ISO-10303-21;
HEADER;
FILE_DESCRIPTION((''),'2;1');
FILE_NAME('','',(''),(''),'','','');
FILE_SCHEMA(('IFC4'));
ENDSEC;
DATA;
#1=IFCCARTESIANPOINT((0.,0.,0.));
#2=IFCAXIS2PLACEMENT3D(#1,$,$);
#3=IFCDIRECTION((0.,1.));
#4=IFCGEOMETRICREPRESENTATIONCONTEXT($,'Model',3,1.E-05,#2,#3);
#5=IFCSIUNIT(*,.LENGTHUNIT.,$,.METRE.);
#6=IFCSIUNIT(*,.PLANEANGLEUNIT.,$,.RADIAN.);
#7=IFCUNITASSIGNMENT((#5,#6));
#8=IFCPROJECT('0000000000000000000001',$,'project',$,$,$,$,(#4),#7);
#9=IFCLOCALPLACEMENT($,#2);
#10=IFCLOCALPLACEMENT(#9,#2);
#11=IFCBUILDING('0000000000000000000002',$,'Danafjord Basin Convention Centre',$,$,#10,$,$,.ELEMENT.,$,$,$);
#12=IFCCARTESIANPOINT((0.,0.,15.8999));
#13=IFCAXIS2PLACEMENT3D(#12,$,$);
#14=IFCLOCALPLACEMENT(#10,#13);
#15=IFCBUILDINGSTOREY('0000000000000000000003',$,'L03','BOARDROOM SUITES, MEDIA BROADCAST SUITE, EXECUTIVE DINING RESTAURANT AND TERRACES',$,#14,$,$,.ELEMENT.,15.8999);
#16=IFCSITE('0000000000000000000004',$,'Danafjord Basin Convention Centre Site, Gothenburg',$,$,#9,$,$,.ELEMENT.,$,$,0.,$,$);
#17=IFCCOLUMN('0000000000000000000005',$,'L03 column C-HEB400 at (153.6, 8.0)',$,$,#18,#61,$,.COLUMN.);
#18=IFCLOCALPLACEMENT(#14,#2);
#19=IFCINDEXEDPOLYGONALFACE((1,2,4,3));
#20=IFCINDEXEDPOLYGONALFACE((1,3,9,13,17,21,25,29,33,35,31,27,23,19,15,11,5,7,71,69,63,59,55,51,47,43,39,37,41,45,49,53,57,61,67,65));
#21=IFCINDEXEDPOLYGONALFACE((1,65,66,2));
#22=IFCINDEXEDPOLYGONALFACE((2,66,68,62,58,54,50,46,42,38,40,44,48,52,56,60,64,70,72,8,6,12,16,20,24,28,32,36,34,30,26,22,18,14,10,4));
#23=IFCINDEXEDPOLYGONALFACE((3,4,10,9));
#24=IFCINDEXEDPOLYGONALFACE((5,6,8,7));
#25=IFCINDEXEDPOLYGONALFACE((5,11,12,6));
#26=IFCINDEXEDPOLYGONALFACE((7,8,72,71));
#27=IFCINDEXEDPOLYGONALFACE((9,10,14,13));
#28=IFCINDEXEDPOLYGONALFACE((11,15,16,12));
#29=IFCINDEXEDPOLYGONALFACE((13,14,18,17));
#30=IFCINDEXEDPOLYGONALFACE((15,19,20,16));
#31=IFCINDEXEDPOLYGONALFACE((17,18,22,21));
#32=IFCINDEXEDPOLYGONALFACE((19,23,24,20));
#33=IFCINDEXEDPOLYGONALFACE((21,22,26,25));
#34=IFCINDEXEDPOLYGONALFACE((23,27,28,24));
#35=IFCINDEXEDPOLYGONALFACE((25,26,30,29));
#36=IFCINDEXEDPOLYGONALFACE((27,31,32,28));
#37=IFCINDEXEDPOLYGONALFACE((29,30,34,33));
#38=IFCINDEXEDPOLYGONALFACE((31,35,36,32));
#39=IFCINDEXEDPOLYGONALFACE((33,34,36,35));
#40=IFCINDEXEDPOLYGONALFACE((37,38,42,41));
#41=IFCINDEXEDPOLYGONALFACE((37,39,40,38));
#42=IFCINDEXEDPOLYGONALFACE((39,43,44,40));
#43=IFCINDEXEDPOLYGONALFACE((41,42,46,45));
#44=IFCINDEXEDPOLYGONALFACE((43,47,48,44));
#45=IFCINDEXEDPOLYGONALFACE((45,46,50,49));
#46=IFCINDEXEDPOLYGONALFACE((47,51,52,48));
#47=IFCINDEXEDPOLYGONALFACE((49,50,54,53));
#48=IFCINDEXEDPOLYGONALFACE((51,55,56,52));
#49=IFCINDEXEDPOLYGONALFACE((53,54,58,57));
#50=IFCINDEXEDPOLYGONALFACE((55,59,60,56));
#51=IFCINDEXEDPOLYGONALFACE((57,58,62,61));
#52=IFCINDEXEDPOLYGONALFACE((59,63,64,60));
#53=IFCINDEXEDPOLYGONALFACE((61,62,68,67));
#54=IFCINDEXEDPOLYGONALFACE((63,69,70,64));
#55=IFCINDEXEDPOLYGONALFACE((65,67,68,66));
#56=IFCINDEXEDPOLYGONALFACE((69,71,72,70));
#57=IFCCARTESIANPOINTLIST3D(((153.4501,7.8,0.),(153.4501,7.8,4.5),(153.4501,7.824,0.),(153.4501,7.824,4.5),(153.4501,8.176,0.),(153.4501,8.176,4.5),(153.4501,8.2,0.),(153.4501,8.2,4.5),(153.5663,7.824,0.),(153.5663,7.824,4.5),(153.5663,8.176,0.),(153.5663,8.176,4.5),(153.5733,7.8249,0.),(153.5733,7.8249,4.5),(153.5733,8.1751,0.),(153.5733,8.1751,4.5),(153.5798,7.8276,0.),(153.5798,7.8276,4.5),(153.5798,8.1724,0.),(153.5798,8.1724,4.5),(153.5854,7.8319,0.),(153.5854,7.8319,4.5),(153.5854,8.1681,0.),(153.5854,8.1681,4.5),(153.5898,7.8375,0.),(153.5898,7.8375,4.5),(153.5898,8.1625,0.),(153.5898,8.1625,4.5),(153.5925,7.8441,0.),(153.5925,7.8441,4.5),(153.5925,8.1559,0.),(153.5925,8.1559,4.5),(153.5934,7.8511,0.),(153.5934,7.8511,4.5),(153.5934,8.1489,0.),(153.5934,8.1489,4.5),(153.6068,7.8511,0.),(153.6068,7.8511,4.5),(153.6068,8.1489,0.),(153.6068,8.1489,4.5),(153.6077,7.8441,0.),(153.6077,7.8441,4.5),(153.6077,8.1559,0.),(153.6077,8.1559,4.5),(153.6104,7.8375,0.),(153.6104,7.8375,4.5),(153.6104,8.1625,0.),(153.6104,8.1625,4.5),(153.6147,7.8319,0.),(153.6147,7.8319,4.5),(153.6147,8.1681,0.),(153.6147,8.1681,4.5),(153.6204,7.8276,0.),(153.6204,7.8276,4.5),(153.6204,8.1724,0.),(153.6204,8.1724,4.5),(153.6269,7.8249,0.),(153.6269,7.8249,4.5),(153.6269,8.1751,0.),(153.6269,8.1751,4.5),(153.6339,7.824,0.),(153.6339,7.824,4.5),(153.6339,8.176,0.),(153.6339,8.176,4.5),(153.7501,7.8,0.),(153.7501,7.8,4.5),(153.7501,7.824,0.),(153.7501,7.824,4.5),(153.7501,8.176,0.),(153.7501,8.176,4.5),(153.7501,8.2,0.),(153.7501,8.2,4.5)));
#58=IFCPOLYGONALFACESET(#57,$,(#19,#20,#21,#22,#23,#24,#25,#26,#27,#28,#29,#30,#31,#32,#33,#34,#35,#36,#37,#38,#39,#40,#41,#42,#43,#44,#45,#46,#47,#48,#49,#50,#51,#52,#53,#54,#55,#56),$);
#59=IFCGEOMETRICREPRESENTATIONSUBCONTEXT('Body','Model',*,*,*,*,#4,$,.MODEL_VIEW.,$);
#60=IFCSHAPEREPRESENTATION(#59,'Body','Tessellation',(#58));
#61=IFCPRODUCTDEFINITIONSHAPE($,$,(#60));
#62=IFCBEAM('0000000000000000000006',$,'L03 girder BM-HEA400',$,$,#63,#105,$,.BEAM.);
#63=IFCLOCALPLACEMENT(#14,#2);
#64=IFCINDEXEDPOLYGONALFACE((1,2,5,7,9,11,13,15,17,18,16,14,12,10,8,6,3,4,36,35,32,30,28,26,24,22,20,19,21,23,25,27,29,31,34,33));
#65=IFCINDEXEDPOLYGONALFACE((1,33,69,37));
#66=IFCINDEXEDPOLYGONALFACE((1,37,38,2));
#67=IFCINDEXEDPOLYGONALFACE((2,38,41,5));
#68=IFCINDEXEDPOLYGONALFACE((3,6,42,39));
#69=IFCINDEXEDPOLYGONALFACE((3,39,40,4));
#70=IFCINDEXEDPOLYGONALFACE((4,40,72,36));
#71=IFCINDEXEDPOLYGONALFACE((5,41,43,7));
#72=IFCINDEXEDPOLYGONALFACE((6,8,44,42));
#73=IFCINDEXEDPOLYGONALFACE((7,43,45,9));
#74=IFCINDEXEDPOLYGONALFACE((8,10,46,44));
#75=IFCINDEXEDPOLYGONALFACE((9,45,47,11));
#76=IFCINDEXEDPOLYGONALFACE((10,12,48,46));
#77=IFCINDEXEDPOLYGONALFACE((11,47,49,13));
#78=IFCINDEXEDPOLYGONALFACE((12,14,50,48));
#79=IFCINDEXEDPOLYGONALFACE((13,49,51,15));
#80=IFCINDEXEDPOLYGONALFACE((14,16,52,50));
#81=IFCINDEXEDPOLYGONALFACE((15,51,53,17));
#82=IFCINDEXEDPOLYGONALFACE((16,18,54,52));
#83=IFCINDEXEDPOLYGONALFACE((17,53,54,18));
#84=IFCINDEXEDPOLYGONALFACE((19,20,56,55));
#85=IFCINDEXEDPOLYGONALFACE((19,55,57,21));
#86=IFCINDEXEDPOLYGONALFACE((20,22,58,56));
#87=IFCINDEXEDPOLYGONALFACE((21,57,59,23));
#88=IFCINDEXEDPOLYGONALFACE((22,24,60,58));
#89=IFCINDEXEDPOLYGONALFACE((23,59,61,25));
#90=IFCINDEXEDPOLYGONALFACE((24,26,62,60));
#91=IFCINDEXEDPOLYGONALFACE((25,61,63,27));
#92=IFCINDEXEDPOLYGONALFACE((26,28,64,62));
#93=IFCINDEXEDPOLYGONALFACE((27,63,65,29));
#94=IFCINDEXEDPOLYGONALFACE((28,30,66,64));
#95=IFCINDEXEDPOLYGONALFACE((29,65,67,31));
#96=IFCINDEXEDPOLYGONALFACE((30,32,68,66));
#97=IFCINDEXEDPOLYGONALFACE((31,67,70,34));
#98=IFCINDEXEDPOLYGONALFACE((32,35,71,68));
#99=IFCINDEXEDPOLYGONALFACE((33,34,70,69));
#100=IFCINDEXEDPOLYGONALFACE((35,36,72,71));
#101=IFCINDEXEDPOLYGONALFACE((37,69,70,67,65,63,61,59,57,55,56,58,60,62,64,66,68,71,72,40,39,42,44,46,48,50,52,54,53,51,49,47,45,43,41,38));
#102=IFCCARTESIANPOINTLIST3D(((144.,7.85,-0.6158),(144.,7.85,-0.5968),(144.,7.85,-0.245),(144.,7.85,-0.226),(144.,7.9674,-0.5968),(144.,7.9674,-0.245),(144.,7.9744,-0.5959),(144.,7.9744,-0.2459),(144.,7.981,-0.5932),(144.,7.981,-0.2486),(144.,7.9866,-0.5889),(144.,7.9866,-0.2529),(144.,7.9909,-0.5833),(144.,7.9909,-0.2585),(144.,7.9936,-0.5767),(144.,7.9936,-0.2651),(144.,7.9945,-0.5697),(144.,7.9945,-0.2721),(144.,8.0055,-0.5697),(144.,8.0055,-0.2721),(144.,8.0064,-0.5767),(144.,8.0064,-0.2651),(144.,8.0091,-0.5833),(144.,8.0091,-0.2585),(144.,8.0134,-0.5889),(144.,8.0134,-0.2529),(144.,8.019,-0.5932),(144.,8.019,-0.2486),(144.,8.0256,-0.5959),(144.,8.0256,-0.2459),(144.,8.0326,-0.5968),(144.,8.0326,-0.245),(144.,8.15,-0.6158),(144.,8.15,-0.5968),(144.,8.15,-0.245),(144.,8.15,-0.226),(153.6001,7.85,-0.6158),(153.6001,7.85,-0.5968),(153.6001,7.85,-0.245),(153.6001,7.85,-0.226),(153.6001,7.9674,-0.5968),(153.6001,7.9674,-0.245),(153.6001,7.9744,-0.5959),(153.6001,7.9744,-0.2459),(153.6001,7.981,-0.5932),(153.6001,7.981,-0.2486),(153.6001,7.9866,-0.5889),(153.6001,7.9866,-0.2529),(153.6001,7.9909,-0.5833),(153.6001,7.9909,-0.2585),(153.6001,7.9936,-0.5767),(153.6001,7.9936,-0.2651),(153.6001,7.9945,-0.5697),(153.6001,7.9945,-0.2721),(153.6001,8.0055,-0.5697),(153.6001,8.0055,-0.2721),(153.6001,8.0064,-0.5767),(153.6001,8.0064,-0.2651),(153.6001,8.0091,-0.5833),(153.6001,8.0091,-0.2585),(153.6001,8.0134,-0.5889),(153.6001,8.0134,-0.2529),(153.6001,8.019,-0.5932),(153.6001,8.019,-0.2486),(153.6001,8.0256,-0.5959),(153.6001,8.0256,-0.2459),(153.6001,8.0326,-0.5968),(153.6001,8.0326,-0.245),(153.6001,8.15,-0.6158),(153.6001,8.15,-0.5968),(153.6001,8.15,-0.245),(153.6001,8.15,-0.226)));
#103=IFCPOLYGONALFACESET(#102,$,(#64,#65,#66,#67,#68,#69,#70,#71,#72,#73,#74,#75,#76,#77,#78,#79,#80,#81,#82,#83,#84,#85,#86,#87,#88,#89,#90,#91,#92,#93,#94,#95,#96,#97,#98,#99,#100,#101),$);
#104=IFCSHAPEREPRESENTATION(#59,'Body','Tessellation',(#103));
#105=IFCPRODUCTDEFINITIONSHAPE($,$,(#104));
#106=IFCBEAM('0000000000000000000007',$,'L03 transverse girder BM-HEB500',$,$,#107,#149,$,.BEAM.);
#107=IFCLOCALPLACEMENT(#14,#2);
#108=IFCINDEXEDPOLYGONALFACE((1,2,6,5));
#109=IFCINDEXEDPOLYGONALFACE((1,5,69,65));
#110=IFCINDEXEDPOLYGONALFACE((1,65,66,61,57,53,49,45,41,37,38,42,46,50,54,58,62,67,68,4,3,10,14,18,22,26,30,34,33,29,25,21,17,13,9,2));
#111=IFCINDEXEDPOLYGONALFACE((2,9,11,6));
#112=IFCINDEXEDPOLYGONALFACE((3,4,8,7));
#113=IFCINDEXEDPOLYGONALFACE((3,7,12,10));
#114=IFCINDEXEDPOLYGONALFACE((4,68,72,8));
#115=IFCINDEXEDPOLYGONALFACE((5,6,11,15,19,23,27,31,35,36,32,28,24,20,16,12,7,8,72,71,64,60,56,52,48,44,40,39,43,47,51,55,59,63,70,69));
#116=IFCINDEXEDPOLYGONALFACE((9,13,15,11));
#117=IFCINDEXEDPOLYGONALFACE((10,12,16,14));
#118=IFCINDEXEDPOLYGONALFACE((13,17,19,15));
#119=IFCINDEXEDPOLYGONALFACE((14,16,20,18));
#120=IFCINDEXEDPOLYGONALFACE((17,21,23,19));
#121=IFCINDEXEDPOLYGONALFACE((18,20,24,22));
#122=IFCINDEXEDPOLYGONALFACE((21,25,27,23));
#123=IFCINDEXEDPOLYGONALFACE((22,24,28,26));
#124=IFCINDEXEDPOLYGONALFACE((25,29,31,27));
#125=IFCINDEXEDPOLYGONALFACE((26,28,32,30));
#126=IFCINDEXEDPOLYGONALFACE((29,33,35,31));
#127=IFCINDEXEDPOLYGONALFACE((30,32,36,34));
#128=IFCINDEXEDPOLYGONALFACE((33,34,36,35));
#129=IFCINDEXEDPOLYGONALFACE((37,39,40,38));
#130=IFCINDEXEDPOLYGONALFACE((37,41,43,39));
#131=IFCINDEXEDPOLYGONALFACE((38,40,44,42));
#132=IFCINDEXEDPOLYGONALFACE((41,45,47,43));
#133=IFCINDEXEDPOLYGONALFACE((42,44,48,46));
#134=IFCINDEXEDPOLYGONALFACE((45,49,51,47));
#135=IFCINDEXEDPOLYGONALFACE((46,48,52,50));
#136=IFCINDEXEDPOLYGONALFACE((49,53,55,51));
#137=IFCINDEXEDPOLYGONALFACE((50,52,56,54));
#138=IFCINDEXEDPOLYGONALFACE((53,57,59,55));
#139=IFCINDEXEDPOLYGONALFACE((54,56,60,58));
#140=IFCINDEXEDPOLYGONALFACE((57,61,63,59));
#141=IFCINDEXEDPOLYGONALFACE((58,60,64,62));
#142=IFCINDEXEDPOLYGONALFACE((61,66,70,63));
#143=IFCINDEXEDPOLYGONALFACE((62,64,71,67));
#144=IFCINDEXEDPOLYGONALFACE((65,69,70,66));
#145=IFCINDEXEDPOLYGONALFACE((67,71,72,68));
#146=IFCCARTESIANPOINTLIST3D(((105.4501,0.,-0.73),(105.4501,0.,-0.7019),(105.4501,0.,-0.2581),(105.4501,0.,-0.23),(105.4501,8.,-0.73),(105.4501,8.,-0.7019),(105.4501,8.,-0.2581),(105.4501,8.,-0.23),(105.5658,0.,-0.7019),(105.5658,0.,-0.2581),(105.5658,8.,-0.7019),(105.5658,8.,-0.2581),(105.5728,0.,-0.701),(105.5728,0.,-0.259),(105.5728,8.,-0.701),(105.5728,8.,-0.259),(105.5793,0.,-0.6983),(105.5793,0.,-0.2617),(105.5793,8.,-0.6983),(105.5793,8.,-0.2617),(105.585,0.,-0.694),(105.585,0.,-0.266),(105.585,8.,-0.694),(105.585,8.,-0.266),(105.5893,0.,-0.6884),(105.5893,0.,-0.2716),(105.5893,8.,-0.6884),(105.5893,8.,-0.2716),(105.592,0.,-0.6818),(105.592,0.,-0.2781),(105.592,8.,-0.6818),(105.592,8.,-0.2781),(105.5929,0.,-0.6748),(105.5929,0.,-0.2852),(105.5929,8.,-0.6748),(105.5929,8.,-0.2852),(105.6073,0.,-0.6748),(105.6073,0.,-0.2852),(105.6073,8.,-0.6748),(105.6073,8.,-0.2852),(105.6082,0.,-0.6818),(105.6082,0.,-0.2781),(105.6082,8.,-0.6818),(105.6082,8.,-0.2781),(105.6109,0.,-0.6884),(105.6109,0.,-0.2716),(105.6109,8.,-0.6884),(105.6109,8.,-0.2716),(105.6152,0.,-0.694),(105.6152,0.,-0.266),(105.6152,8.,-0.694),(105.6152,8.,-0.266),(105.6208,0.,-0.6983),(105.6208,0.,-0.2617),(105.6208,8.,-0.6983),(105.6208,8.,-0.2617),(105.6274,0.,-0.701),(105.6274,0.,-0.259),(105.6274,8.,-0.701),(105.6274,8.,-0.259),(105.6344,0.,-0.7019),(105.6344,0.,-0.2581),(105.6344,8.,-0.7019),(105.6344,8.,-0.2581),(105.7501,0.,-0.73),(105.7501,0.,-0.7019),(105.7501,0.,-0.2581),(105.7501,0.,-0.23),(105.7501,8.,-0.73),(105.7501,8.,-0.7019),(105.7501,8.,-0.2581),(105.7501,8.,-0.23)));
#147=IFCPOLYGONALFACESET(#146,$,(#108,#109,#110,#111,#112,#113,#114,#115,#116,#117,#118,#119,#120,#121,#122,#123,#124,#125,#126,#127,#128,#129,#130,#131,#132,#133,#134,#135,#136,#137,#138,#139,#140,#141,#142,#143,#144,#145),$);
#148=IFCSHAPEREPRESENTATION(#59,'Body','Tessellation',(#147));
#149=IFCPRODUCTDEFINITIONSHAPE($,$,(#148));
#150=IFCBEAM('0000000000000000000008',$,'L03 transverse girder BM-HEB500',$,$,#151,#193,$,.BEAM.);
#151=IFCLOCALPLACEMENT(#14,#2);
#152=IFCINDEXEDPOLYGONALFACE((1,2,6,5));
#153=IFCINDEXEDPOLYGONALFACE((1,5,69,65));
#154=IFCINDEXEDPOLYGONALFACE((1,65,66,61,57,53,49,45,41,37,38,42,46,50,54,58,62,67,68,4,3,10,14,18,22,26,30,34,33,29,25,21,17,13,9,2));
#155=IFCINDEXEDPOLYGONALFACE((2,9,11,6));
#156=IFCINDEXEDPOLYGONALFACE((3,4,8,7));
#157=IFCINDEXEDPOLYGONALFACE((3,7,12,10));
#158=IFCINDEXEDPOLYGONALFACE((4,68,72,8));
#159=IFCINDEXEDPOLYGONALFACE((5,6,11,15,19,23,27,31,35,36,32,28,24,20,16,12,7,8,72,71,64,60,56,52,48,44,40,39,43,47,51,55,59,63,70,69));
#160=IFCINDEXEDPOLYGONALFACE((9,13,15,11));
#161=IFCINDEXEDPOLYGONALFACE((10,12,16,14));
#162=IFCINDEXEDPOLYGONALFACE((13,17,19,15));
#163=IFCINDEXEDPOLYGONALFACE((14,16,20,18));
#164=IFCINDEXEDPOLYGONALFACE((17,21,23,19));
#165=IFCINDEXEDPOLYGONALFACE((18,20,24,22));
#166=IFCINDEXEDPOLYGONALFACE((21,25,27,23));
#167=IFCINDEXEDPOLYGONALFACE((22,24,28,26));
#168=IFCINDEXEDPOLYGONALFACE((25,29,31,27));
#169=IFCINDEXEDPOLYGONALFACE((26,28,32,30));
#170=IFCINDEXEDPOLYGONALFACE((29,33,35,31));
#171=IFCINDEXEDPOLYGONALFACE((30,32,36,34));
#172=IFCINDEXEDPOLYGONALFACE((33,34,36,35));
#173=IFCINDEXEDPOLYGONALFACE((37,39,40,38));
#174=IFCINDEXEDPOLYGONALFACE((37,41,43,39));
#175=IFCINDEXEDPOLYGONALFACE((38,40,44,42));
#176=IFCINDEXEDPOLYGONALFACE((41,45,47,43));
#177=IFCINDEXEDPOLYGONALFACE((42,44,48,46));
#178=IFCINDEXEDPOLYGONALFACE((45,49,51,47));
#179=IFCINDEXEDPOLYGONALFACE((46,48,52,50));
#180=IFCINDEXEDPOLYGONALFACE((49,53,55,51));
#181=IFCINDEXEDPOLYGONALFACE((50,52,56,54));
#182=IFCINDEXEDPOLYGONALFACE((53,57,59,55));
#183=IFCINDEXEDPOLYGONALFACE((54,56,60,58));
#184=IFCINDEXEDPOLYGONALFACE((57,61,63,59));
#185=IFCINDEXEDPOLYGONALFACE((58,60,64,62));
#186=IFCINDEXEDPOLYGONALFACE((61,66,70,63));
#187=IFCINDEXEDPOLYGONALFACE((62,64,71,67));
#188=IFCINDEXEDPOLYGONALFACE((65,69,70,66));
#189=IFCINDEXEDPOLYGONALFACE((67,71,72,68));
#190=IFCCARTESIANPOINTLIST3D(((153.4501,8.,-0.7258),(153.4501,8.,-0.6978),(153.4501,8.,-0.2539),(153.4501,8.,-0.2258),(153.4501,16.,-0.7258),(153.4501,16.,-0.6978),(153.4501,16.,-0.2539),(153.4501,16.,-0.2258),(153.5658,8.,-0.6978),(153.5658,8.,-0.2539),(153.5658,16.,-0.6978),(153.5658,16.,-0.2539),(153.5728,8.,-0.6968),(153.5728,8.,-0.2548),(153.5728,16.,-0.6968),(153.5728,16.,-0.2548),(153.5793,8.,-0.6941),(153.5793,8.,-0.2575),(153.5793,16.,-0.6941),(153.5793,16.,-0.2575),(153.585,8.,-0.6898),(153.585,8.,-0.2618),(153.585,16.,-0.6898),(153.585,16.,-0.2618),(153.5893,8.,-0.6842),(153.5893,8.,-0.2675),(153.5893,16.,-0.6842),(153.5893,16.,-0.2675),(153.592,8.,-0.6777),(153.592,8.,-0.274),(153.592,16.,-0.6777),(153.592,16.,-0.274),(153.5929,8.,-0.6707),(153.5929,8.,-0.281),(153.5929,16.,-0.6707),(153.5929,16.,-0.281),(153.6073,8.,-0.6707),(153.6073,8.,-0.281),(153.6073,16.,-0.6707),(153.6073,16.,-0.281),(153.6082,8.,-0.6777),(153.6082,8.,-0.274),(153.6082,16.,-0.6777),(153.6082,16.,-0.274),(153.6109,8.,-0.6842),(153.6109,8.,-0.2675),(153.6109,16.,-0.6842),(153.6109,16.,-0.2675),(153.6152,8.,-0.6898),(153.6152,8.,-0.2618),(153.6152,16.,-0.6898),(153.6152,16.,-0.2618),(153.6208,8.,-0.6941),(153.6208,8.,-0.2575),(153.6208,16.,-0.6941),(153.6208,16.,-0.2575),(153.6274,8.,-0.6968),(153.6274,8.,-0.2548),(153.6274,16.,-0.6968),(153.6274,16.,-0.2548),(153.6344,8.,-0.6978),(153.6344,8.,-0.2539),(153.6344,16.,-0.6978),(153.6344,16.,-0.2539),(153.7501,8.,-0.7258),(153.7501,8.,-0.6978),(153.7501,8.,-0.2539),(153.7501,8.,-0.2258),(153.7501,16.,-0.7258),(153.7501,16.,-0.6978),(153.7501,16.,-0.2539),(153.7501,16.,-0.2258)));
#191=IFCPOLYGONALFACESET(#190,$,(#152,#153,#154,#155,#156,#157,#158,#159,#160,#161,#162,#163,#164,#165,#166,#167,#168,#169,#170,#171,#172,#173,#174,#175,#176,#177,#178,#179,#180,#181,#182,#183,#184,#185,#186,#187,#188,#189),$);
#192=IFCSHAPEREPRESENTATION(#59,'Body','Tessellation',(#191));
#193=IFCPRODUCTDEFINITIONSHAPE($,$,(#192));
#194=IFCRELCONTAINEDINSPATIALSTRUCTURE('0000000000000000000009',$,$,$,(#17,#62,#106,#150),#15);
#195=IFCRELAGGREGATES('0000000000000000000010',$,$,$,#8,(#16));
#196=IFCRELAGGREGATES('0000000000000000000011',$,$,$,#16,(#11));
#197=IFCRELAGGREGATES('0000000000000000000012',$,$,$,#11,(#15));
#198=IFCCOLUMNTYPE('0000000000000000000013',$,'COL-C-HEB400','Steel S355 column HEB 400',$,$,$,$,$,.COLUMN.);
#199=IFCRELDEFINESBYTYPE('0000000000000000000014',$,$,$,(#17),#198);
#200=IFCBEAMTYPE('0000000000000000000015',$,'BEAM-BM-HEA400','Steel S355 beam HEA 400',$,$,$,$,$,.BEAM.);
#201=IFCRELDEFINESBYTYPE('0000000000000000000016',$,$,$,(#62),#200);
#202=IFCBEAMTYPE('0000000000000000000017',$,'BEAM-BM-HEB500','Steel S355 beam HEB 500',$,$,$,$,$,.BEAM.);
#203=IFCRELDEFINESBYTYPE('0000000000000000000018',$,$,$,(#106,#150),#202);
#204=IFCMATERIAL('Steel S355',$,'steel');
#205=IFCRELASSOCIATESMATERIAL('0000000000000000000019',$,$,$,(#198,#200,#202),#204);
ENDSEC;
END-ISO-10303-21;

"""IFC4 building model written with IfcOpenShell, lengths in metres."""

from ifc_helpers import new_model, si_unit, direction, frame, origin, origin_2d, place, context, subcontext, project, spatial, i_section, extrude, material, material_profile, profile_set, type_object, element, save


model = new_model("IFC4")

# Units and contexts
model_context = context("Model", 3, precision=1e-05, world=origin(), true_north=direction((0.0, 1.0)))
body_context = subcontext(model_context, "Body", "Model", "MODEL_VIEW")
ifc_project = project(units=[si_unit("LENGTHUNIT", "METRE"), si_unit("PLANEANGLEUNIT", "RADIAN")], contexts=[model_context])

# Site, building, storey
site_placement = place(None, origin())
site = spatial("IfcSite", under=ifc_project, at=site_placement, Name="Danafjord Basin Convention Centre Site, Gothenburg", CompositionType="ELEMENT", RefElevation=0.0)
building_placement = place(site_placement, origin())
building = spatial("IfcBuilding", under=site, at=building_placement, Name="Danafjord Basin Convention Centre", CompositionType="ELEMENT")
storey_placement = place(building_placement, frame((0.0, 0.0, 15.8999)))
storey = spatial("IfcBuildingStorey", under=building, at=storey_placement, Name="L03", Description="BOARDROOM SUITES, MEDIA BROADCAST SUITE, EXECUTIVE DINING RESTAURANT AND TERRACES", CompositionType="ELEMENT", Elevation=15.8999)

# Column
ifc_material_1 = material(Name="Steel S355", Category="steel")
ifc_material_profile_1 = material_profile(ifc_material_1, i_section(OverallWidth=0.3, OverallDepth=0.3999, WebThickness=0.0134, FlangeThickness=0.0239, FilletRadius=0.0271, at=origin_2d()), Name="HEB 400")
ifc_profile_set_1 = profile_set([ifc_material_profile_1], Name="Steel S355")
column_type_1 = type_object("IfcColumnType", Name="COL-C-HEB400", Description="Steel S355 column HEB 400", PredefinedType="COLUMN", material=ifc_profile_set_1)
for number, where, z_axis, x_axis, name in (
    (1, (153.6001, 8.0, 0.0), (0.0, 0.0, 1.0), (1.0, 0.0, 0.0), "L03 column C-HEB400 at (153.6, 8.0)"),
):
    element("IfcColumn", number, at=place(storey_placement, frame(where, z_axis=z_axis, x_axis=x_axis)), inside=storey, type_object=column_type_1, Name=name, PredefinedType="COLUMN", context=body_context, shape_type="SweptSolid", body=[
        extrude(i_section(OverallWidth=0.3, OverallDepth=0.3999, WebThickness=0.0134, FlangeThickness=0.0239, FilletRadius=0.0271, at=origin_2d()), origin(), (0.0, 0.0, 1.0), 4.5),
    ])

# Beams
ifc_material_profile_2 = material_profile(ifc_material_1, i_section(OverallWidth=0.3, OverallDepth=0.3899, WebThickness=0.011, FlangeThickness=0.019, FilletRadius=0.0271, at=origin_2d()), Name="HEA 400")
ifc_profile_set_2 = profile_set([ifc_material_profile_2], Name="Steel S355")
beam_type_1 = type_object("IfcBeamType", Name="BEAM-BM-HEA400", Description="Steel S355 beam HEA 400", PredefinedType="BEAM", material=ifc_profile_set_2)
beam_1_placement = place(storey_placement, frame((144.0, 8.0, -0.4209), z_axis=(1.0, 0.0, 0.0), x_axis=(0.0, 1.0, 0.0)))
element("IfcBeam", 2, at=beam_1_placement, inside=storey, type_object=beam_type_1, Name="L03 girder BM-HEA400", PredefinedType="BEAM", context=body_context, shape_type="SweptSolid", body=[
    extrude(i_section(OverallWidth=0.3, OverallDepth=0.3899, WebThickness=0.011, FlangeThickness=0.019, FilletRadius=0.0271, at=origin_2d()), origin(), (0.0, 0.0, 1.0), 9.6001),
])
ifc_material_profile_3 = material_profile(ifc_material_1, i_section(OverallWidth=0.3, OverallDepth=0.5, WebThickness=0.0144, FlangeThickness=0.0281, FilletRadius=0.0271, at=origin_2d()), Name="HEB 500")
ifc_profile_set_3 = profile_set([ifc_material_profile_3], Name="Steel S355")
beam_type_2 = type_object("IfcBeamType", Name="BEAM-BM-HEB500", Description="Steel S355 beam HEB 500", PredefinedType="BEAM", material=ifc_profile_set_3)
for number, where, z_axis, x_axis, name in (
    (3, (105.6001, 0.0, -0.48), (0.0, 1.0, 0.0), (-1.0, 0.0, 0.0), "L03 transverse girder BM-HEB500"),
    (4, (153.6001, 8.0, -0.4758), (0.0, 1.0, 0.0), (-1.0, 0.0, 0.0), "L03 transverse girder BM-HEB500"),
):
    element("IfcBeam", number, at=place(storey_placement, frame(where, z_axis=z_axis, x_axis=x_axis)), inside=storey, type_object=beam_type_2, Name=name, PredefinedType="BEAM", context=body_context, shape_type="SweptSolid", body=[
        extrude(i_section(OverallWidth=0.3, OverallDepth=0.5, WebThickness=0.0144, FlangeThickness=0.0281, FilletRadius=0.0271, at=origin_2d()), origin(), (0.0, 0.0, 1.0), 8.0),
    ])

save(model, "model.ifc")
